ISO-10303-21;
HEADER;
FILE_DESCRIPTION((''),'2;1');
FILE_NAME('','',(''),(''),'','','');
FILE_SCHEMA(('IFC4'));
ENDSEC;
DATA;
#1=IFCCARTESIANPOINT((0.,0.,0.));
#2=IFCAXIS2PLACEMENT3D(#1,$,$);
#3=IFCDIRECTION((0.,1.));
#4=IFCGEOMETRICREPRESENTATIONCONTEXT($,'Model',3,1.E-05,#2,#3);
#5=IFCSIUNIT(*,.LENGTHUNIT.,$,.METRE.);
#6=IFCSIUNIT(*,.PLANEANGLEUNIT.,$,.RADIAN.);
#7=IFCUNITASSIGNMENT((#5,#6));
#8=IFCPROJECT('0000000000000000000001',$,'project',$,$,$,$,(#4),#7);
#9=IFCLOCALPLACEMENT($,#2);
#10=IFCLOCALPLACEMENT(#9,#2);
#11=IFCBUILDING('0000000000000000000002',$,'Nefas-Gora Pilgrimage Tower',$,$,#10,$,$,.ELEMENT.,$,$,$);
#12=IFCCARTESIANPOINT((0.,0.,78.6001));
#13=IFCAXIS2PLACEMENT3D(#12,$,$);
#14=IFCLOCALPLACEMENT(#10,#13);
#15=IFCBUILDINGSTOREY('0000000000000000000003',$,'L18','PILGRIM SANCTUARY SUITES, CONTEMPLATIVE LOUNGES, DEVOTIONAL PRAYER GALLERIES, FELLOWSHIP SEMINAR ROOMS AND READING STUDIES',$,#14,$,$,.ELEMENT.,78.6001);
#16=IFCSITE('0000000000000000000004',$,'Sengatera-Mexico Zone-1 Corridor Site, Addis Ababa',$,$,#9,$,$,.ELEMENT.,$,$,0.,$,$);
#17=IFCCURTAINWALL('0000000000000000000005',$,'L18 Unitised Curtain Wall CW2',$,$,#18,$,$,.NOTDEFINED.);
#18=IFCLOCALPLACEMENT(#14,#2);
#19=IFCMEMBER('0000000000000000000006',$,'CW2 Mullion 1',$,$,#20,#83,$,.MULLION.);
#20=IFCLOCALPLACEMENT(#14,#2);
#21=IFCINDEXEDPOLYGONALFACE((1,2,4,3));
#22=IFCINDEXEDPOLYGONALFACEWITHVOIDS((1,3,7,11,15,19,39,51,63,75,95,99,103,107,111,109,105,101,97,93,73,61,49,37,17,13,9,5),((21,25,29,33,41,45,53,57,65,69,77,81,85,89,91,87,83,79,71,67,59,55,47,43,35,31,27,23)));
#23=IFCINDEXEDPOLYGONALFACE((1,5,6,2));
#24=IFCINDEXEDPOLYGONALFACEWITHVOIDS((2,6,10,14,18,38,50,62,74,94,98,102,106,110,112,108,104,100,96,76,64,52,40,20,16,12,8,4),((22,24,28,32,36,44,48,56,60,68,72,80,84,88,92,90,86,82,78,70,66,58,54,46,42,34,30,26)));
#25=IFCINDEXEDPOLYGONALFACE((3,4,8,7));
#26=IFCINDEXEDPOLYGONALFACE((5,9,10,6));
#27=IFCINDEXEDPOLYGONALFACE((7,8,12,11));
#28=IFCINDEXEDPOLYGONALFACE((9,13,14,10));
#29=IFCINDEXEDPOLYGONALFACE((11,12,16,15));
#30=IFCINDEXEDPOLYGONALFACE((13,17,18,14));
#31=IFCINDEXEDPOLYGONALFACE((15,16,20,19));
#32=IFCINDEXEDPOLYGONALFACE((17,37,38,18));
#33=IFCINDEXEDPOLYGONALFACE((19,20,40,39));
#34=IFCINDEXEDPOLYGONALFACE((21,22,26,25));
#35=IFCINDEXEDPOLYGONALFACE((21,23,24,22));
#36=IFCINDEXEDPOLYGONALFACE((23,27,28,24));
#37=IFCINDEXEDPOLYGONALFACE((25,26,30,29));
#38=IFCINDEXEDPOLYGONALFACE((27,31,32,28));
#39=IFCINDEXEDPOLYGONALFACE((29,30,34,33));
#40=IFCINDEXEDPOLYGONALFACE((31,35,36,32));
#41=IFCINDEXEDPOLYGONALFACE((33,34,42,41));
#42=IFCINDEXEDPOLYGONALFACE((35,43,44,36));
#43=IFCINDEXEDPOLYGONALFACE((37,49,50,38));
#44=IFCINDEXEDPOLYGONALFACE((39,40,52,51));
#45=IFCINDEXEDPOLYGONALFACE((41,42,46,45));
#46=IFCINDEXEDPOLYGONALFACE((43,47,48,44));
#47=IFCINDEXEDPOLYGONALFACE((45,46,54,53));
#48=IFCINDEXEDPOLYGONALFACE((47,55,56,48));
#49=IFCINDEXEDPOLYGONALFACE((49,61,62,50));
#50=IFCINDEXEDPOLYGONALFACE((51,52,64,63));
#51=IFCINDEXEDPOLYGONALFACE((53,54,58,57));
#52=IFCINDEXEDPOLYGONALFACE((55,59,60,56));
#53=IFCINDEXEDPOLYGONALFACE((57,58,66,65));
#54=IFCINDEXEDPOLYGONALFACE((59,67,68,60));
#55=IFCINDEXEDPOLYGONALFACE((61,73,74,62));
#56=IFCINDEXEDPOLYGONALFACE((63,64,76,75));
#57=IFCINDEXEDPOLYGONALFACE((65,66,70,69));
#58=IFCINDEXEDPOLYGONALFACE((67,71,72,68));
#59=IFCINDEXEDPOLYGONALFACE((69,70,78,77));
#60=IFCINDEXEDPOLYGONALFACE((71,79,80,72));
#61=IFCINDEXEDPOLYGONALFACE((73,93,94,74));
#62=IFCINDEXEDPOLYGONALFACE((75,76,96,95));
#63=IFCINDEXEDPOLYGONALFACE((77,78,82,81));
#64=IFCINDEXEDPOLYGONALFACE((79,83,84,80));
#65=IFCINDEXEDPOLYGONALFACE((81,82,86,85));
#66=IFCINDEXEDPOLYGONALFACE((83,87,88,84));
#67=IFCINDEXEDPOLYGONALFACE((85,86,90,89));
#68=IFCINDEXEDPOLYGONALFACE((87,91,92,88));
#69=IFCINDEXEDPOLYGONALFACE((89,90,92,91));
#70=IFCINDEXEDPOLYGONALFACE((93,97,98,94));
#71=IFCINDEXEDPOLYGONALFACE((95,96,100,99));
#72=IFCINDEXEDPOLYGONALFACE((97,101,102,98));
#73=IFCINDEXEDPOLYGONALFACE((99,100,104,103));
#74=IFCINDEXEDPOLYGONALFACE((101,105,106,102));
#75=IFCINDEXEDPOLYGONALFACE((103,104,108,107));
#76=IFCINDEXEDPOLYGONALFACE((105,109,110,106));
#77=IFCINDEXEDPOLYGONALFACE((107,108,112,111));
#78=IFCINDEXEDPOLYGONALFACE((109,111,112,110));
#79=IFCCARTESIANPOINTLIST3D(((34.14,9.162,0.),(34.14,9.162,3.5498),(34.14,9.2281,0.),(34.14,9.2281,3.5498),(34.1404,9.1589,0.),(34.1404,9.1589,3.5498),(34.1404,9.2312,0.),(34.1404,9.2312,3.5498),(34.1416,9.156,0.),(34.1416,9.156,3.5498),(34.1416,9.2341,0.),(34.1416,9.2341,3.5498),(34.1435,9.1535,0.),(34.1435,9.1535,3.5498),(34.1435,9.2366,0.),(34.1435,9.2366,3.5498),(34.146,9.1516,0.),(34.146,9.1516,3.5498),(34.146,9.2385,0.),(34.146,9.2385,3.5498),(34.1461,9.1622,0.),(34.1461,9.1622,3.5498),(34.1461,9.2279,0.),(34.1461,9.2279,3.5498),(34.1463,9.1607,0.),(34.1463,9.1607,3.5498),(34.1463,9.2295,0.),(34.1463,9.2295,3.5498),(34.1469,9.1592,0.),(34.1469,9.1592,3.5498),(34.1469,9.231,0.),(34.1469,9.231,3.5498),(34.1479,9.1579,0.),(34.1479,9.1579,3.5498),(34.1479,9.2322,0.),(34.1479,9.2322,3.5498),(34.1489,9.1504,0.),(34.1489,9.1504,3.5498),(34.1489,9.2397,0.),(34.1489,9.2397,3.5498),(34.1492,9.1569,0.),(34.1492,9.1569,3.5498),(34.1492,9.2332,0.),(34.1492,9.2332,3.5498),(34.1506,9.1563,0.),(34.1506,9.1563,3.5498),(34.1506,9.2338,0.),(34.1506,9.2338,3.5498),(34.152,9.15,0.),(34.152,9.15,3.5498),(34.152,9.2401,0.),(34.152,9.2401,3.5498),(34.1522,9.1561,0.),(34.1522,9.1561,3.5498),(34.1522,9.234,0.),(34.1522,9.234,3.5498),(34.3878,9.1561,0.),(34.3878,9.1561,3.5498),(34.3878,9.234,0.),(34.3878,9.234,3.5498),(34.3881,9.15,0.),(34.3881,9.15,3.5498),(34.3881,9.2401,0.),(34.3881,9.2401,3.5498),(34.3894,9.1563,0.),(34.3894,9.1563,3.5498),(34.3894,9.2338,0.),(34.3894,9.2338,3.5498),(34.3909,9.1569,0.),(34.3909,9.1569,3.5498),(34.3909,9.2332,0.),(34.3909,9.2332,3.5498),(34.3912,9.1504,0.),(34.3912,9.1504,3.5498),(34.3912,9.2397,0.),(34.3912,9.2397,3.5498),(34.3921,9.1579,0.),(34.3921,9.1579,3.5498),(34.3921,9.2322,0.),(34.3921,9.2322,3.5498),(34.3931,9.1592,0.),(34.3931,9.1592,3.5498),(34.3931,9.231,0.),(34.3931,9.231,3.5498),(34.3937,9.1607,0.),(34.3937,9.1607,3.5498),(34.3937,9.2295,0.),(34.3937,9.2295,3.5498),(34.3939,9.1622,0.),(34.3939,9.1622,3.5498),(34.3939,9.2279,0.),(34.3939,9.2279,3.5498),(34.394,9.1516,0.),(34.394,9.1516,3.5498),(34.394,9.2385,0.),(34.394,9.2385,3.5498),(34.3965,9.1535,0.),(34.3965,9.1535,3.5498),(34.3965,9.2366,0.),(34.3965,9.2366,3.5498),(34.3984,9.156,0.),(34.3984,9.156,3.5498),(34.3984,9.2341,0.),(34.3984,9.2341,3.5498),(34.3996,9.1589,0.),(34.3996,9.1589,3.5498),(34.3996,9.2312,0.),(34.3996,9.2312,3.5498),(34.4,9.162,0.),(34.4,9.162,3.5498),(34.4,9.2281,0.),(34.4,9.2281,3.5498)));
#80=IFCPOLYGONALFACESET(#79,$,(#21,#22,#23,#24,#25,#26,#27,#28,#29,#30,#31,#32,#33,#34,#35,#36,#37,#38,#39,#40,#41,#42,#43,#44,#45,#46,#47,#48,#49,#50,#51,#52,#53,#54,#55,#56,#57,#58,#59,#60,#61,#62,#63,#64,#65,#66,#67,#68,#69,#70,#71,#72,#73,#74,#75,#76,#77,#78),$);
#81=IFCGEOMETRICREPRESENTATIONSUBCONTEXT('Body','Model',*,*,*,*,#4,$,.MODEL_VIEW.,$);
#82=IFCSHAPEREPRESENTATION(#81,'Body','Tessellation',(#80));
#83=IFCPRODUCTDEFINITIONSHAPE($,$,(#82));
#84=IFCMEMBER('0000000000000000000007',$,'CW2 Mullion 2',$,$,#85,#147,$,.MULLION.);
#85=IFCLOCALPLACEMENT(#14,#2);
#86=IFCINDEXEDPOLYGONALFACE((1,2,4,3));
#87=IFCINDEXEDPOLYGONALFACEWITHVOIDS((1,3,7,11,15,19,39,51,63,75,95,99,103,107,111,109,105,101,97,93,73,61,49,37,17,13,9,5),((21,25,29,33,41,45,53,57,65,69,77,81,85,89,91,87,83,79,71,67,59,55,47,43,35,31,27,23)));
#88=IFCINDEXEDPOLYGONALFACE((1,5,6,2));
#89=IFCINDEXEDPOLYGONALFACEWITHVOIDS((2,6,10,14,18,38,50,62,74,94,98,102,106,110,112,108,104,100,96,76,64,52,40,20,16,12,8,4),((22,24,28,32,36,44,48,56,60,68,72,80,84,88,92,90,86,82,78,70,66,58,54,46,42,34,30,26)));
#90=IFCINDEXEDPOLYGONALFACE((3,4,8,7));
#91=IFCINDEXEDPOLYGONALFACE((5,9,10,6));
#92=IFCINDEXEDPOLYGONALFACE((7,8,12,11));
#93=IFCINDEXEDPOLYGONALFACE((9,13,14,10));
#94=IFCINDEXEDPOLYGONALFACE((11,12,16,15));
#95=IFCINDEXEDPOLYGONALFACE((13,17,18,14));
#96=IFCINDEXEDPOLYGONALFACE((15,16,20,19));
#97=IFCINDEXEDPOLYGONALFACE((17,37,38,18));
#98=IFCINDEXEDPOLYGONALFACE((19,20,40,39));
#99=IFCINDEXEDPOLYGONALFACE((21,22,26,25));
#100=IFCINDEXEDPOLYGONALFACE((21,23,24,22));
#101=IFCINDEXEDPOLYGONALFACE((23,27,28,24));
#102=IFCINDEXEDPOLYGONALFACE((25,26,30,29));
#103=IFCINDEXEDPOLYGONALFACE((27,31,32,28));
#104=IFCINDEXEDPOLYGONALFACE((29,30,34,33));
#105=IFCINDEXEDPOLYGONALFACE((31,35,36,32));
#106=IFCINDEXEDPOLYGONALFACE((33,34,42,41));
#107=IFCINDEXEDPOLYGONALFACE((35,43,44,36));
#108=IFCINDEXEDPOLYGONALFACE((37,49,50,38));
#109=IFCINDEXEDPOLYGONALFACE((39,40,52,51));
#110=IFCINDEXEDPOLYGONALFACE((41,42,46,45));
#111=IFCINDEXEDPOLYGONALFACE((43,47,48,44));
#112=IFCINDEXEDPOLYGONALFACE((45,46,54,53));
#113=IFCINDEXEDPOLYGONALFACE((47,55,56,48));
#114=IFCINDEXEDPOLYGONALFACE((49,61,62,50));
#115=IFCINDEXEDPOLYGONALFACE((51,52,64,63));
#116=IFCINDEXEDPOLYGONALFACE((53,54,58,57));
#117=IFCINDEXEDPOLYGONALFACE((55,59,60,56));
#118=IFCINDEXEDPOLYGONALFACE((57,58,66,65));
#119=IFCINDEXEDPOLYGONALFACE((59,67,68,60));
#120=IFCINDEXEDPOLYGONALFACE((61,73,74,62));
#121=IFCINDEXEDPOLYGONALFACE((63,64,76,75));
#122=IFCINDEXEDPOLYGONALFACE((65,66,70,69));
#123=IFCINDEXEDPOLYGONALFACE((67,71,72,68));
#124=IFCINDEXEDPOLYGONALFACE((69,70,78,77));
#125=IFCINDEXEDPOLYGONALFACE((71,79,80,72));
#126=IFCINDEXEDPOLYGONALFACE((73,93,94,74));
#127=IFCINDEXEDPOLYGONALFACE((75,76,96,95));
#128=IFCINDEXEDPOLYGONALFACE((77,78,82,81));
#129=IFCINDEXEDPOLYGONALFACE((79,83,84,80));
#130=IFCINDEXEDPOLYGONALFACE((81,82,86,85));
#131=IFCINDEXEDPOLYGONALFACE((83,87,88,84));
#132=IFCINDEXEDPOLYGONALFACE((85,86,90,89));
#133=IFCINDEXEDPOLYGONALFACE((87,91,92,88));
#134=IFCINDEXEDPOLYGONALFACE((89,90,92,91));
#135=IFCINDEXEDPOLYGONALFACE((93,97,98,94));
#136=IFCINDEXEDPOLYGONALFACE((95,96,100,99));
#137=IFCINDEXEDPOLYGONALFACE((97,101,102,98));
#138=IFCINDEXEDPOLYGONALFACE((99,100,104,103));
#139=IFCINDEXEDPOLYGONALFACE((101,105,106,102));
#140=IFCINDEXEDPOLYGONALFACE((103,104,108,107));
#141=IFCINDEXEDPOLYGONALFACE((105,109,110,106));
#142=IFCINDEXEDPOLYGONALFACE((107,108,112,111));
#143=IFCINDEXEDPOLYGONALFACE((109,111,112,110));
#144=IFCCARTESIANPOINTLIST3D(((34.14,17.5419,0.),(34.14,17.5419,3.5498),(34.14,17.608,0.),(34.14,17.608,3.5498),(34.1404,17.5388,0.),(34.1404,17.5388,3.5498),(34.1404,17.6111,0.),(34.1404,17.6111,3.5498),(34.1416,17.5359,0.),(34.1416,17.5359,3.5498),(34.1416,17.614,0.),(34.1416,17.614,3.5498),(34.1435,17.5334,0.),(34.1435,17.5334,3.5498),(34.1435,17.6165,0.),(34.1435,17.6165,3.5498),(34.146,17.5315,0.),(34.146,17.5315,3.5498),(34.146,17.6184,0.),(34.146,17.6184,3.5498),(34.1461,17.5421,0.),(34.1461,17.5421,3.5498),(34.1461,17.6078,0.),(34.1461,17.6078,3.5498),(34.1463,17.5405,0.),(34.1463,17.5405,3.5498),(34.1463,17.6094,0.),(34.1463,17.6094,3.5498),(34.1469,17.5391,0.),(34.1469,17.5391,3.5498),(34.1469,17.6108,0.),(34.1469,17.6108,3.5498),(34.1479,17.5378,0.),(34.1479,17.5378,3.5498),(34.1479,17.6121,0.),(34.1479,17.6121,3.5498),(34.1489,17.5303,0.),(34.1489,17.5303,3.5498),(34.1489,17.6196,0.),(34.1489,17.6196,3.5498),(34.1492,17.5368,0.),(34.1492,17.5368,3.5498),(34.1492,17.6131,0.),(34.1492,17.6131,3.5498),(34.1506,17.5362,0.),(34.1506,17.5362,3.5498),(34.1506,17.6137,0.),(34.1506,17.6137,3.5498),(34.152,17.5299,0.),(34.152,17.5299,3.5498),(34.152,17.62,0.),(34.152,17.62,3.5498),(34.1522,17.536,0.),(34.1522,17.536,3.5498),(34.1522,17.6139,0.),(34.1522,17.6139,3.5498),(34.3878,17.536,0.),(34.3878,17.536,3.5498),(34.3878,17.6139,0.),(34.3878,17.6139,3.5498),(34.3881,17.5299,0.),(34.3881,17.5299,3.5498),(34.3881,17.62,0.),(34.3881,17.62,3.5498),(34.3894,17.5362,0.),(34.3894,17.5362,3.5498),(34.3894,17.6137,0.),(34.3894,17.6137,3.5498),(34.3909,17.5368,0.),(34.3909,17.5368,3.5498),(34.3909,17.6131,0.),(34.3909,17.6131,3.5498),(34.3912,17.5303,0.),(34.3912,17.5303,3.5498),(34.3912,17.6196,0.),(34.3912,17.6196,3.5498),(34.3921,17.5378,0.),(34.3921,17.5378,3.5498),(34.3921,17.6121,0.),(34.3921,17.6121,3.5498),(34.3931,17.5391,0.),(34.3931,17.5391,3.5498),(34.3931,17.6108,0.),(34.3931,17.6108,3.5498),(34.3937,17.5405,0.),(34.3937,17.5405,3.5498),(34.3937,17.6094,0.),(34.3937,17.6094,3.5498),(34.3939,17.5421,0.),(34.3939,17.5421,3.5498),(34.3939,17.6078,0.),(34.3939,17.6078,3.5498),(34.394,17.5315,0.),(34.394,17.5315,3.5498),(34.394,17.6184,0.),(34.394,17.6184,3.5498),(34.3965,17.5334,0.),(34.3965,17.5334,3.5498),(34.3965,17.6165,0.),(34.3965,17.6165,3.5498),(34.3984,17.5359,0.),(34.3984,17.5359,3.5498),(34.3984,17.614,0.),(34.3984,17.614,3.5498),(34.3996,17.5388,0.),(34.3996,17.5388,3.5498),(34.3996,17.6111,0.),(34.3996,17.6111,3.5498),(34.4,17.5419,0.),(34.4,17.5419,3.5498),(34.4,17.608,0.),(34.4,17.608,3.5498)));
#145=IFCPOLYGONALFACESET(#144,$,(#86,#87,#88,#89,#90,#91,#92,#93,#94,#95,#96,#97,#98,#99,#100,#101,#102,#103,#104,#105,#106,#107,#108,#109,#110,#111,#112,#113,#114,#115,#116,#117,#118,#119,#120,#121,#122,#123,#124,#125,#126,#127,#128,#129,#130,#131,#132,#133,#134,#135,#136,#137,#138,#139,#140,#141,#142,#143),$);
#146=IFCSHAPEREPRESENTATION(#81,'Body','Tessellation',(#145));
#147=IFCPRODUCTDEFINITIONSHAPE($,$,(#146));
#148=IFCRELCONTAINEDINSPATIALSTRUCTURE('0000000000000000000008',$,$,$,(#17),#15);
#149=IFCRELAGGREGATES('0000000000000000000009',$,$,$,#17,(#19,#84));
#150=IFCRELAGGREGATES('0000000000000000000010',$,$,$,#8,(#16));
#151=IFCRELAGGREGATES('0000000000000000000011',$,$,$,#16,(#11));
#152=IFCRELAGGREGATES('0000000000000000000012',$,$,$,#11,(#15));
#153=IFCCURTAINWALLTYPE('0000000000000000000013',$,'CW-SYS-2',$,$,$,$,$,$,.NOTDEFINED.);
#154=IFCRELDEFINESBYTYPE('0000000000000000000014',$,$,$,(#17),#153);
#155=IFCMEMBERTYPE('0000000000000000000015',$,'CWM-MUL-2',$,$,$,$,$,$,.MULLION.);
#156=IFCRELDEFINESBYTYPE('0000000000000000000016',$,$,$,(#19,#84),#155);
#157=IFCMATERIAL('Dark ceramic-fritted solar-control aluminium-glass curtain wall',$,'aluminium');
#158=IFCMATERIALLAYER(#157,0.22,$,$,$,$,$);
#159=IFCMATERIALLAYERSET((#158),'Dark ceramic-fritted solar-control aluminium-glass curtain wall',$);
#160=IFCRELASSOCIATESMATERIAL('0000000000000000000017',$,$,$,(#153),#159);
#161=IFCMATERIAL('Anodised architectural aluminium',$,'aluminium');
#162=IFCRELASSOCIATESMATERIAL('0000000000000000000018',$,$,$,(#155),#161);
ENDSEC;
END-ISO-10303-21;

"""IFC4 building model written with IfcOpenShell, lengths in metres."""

from ifc_helpers import new_model, si_unit, direction, frame, origin, origin_2d, place, context, subcontext, project, spatial, hollow_rectangle, extrude, source, transform, mapped, material, layer, layer_set, material_profile, profile_set, type_object, element, aggregate, save


model = new_model("IFC4")

# Units and contexts
model_context = context("Model", 3, precision=1e-05, world=origin(), true_north=direction((0.0, 1.0)))
body_context = subcontext(model_context, "Body", "Model", "MODEL_VIEW")
ifc_project = project(units=[si_unit("LENGTHUNIT", "METRE"), si_unit("PLANEANGLEUNIT", "RADIAN")], contexts=[model_context])

# Site, building, storey
site_placement = place(None, origin())
site = spatial("IfcSite", under=ifc_project, at=site_placement, Name="Sengatera-Mexico Zone-1 Corridor Site, Addis Ababa", CompositionType="ELEMENT", RefElevation=0.0)
building_placement = place(site_placement, origin())
building = spatial("IfcBuilding", under=site, at=building_placement, Name="Nefas-Gora Pilgrimage Tower", CompositionType="ELEMENT")
storey_placement = place(building_placement, frame((0.0, 0.0, 78.6001)))
storey = spatial("IfcBuildingStorey", under=building, at=storey_placement, Name="L18", Description="PILGRIM SANCTUARY SUITES, CONTEMPLATIVE LOUNGES, DEVOTIONAL PRAYER GALLERIES, FELLOWSHIP SEMINAR ROOMS AND READING STUDIES", CompositionType="ELEMENT", Elevation=78.6001)

# Shared definitions
ifc_material_1 = material(Name="Dark ceramic-fritted solar-control aluminium-glass curtain wall", Category="aluminium")
ifc_layer_1 = layer(ifc_material_1, 0.22)
ifc_layer_set_1 = layer_set([ifc_layer_1], Name="Dark ceramic-fritted solar-control aluminium-glass curtain wall")
curtain_wall_type = type_object("IfcCurtainWallType", Name="CW-SYS-2", PredefinedType="NOTDEFINED", material=ifc_layer_set_1)
ifc_material_2 = material(Name="Anodised architectural aluminium", Category="aluminium")

# Curtain wall, members
curtain_wall_1_placement = place(storey_placement, origin())
curtain_wall_1 = element("IfcCurtainWall", 1, at=curtain_wall_1_placement, inside=storey, type_object=curtain_wall_type, Name="L18 Unitised Curtain Wall CW2", PredefinedType="NOTDEFINED")
ifc_material_profile_1 = material_profile(ifc_material_2, hollow_rectangle(XDim=0.0901, YDim=0.26, WallThickness=0.0061, InnerFilletRadius=0.0061, OuterFilletRadius=0.012, at=origin_2d()), Name="ALU MULLION 90x260")
ifc_profile_set_1 = profile_set([ifc_material_profile_1], Name="Anodised architectural aluminium")
member_type_1 = type_object("IfcMemberType", Name="CWM-MUL-2", PredefinedType="MULLION", material=ifc_profile_set_1)
shared_shape_1 = source(origin(), body_context, "Body", "SweptSolid", [
    extrude(hollow_rectangle(XDim=0.0901, YDim=0.26, WallThickness=0.0061, InnerFilletRadius=0.0061, OuterFilletRadius=0.012, at=origin_2d()), origin(), (0.0, 0.0, 1.0), 3.5498),
])
member_1_placement = place(storey_placement, frame((34.27, 9.1951, 0.0), z_axis=(0.0, 0.0, 1.0), x_axis=(0.0, 1.0, 0.0)))
member_1 = element("IfcMember", 2, at=member_1_placement, type_object=member_type_1, Name="CW2 Mullion 1", PredefinedType="MULLION", context=body_context, shape_type="MappedRepresentation", body=[
    mapped(shared_shape_1, transform((0.0, 0.0, 0.0), x_axis=(1.0, 0.0, 0.0), y_axis=(0.0, 1.0, 0.0), z_axis=(0.0, 0.0, 1.0), scale=1.0)),
])
member_2_placement = place(storey_placement, frame((34.27, 17.575, 0.0), z_axis=(0.0, 0.0, 1.0), x_axis=(0.0, 1.0, 0.0)))
member_2 = element("IfcMember", 3, at=member_2_placement, type_object=member_type_1, Name="CW2 Mullion 2", PredefinedType="MULLION", context=body_context, shape_type="MappedRepresentation", body=[
    mapped(shared_shape_1, transform((0.0, 0.0, 0.0), x_axis=(1.0, 0.0, 0.0), y_axis=(0.0, 1.0, 0.0), z_axis=(0.0, 0.0, 1.0), scale=1.0)),
])

aggregate(curtain_wall_1, [member_1, member_2])

save(model, "model.ifc")
